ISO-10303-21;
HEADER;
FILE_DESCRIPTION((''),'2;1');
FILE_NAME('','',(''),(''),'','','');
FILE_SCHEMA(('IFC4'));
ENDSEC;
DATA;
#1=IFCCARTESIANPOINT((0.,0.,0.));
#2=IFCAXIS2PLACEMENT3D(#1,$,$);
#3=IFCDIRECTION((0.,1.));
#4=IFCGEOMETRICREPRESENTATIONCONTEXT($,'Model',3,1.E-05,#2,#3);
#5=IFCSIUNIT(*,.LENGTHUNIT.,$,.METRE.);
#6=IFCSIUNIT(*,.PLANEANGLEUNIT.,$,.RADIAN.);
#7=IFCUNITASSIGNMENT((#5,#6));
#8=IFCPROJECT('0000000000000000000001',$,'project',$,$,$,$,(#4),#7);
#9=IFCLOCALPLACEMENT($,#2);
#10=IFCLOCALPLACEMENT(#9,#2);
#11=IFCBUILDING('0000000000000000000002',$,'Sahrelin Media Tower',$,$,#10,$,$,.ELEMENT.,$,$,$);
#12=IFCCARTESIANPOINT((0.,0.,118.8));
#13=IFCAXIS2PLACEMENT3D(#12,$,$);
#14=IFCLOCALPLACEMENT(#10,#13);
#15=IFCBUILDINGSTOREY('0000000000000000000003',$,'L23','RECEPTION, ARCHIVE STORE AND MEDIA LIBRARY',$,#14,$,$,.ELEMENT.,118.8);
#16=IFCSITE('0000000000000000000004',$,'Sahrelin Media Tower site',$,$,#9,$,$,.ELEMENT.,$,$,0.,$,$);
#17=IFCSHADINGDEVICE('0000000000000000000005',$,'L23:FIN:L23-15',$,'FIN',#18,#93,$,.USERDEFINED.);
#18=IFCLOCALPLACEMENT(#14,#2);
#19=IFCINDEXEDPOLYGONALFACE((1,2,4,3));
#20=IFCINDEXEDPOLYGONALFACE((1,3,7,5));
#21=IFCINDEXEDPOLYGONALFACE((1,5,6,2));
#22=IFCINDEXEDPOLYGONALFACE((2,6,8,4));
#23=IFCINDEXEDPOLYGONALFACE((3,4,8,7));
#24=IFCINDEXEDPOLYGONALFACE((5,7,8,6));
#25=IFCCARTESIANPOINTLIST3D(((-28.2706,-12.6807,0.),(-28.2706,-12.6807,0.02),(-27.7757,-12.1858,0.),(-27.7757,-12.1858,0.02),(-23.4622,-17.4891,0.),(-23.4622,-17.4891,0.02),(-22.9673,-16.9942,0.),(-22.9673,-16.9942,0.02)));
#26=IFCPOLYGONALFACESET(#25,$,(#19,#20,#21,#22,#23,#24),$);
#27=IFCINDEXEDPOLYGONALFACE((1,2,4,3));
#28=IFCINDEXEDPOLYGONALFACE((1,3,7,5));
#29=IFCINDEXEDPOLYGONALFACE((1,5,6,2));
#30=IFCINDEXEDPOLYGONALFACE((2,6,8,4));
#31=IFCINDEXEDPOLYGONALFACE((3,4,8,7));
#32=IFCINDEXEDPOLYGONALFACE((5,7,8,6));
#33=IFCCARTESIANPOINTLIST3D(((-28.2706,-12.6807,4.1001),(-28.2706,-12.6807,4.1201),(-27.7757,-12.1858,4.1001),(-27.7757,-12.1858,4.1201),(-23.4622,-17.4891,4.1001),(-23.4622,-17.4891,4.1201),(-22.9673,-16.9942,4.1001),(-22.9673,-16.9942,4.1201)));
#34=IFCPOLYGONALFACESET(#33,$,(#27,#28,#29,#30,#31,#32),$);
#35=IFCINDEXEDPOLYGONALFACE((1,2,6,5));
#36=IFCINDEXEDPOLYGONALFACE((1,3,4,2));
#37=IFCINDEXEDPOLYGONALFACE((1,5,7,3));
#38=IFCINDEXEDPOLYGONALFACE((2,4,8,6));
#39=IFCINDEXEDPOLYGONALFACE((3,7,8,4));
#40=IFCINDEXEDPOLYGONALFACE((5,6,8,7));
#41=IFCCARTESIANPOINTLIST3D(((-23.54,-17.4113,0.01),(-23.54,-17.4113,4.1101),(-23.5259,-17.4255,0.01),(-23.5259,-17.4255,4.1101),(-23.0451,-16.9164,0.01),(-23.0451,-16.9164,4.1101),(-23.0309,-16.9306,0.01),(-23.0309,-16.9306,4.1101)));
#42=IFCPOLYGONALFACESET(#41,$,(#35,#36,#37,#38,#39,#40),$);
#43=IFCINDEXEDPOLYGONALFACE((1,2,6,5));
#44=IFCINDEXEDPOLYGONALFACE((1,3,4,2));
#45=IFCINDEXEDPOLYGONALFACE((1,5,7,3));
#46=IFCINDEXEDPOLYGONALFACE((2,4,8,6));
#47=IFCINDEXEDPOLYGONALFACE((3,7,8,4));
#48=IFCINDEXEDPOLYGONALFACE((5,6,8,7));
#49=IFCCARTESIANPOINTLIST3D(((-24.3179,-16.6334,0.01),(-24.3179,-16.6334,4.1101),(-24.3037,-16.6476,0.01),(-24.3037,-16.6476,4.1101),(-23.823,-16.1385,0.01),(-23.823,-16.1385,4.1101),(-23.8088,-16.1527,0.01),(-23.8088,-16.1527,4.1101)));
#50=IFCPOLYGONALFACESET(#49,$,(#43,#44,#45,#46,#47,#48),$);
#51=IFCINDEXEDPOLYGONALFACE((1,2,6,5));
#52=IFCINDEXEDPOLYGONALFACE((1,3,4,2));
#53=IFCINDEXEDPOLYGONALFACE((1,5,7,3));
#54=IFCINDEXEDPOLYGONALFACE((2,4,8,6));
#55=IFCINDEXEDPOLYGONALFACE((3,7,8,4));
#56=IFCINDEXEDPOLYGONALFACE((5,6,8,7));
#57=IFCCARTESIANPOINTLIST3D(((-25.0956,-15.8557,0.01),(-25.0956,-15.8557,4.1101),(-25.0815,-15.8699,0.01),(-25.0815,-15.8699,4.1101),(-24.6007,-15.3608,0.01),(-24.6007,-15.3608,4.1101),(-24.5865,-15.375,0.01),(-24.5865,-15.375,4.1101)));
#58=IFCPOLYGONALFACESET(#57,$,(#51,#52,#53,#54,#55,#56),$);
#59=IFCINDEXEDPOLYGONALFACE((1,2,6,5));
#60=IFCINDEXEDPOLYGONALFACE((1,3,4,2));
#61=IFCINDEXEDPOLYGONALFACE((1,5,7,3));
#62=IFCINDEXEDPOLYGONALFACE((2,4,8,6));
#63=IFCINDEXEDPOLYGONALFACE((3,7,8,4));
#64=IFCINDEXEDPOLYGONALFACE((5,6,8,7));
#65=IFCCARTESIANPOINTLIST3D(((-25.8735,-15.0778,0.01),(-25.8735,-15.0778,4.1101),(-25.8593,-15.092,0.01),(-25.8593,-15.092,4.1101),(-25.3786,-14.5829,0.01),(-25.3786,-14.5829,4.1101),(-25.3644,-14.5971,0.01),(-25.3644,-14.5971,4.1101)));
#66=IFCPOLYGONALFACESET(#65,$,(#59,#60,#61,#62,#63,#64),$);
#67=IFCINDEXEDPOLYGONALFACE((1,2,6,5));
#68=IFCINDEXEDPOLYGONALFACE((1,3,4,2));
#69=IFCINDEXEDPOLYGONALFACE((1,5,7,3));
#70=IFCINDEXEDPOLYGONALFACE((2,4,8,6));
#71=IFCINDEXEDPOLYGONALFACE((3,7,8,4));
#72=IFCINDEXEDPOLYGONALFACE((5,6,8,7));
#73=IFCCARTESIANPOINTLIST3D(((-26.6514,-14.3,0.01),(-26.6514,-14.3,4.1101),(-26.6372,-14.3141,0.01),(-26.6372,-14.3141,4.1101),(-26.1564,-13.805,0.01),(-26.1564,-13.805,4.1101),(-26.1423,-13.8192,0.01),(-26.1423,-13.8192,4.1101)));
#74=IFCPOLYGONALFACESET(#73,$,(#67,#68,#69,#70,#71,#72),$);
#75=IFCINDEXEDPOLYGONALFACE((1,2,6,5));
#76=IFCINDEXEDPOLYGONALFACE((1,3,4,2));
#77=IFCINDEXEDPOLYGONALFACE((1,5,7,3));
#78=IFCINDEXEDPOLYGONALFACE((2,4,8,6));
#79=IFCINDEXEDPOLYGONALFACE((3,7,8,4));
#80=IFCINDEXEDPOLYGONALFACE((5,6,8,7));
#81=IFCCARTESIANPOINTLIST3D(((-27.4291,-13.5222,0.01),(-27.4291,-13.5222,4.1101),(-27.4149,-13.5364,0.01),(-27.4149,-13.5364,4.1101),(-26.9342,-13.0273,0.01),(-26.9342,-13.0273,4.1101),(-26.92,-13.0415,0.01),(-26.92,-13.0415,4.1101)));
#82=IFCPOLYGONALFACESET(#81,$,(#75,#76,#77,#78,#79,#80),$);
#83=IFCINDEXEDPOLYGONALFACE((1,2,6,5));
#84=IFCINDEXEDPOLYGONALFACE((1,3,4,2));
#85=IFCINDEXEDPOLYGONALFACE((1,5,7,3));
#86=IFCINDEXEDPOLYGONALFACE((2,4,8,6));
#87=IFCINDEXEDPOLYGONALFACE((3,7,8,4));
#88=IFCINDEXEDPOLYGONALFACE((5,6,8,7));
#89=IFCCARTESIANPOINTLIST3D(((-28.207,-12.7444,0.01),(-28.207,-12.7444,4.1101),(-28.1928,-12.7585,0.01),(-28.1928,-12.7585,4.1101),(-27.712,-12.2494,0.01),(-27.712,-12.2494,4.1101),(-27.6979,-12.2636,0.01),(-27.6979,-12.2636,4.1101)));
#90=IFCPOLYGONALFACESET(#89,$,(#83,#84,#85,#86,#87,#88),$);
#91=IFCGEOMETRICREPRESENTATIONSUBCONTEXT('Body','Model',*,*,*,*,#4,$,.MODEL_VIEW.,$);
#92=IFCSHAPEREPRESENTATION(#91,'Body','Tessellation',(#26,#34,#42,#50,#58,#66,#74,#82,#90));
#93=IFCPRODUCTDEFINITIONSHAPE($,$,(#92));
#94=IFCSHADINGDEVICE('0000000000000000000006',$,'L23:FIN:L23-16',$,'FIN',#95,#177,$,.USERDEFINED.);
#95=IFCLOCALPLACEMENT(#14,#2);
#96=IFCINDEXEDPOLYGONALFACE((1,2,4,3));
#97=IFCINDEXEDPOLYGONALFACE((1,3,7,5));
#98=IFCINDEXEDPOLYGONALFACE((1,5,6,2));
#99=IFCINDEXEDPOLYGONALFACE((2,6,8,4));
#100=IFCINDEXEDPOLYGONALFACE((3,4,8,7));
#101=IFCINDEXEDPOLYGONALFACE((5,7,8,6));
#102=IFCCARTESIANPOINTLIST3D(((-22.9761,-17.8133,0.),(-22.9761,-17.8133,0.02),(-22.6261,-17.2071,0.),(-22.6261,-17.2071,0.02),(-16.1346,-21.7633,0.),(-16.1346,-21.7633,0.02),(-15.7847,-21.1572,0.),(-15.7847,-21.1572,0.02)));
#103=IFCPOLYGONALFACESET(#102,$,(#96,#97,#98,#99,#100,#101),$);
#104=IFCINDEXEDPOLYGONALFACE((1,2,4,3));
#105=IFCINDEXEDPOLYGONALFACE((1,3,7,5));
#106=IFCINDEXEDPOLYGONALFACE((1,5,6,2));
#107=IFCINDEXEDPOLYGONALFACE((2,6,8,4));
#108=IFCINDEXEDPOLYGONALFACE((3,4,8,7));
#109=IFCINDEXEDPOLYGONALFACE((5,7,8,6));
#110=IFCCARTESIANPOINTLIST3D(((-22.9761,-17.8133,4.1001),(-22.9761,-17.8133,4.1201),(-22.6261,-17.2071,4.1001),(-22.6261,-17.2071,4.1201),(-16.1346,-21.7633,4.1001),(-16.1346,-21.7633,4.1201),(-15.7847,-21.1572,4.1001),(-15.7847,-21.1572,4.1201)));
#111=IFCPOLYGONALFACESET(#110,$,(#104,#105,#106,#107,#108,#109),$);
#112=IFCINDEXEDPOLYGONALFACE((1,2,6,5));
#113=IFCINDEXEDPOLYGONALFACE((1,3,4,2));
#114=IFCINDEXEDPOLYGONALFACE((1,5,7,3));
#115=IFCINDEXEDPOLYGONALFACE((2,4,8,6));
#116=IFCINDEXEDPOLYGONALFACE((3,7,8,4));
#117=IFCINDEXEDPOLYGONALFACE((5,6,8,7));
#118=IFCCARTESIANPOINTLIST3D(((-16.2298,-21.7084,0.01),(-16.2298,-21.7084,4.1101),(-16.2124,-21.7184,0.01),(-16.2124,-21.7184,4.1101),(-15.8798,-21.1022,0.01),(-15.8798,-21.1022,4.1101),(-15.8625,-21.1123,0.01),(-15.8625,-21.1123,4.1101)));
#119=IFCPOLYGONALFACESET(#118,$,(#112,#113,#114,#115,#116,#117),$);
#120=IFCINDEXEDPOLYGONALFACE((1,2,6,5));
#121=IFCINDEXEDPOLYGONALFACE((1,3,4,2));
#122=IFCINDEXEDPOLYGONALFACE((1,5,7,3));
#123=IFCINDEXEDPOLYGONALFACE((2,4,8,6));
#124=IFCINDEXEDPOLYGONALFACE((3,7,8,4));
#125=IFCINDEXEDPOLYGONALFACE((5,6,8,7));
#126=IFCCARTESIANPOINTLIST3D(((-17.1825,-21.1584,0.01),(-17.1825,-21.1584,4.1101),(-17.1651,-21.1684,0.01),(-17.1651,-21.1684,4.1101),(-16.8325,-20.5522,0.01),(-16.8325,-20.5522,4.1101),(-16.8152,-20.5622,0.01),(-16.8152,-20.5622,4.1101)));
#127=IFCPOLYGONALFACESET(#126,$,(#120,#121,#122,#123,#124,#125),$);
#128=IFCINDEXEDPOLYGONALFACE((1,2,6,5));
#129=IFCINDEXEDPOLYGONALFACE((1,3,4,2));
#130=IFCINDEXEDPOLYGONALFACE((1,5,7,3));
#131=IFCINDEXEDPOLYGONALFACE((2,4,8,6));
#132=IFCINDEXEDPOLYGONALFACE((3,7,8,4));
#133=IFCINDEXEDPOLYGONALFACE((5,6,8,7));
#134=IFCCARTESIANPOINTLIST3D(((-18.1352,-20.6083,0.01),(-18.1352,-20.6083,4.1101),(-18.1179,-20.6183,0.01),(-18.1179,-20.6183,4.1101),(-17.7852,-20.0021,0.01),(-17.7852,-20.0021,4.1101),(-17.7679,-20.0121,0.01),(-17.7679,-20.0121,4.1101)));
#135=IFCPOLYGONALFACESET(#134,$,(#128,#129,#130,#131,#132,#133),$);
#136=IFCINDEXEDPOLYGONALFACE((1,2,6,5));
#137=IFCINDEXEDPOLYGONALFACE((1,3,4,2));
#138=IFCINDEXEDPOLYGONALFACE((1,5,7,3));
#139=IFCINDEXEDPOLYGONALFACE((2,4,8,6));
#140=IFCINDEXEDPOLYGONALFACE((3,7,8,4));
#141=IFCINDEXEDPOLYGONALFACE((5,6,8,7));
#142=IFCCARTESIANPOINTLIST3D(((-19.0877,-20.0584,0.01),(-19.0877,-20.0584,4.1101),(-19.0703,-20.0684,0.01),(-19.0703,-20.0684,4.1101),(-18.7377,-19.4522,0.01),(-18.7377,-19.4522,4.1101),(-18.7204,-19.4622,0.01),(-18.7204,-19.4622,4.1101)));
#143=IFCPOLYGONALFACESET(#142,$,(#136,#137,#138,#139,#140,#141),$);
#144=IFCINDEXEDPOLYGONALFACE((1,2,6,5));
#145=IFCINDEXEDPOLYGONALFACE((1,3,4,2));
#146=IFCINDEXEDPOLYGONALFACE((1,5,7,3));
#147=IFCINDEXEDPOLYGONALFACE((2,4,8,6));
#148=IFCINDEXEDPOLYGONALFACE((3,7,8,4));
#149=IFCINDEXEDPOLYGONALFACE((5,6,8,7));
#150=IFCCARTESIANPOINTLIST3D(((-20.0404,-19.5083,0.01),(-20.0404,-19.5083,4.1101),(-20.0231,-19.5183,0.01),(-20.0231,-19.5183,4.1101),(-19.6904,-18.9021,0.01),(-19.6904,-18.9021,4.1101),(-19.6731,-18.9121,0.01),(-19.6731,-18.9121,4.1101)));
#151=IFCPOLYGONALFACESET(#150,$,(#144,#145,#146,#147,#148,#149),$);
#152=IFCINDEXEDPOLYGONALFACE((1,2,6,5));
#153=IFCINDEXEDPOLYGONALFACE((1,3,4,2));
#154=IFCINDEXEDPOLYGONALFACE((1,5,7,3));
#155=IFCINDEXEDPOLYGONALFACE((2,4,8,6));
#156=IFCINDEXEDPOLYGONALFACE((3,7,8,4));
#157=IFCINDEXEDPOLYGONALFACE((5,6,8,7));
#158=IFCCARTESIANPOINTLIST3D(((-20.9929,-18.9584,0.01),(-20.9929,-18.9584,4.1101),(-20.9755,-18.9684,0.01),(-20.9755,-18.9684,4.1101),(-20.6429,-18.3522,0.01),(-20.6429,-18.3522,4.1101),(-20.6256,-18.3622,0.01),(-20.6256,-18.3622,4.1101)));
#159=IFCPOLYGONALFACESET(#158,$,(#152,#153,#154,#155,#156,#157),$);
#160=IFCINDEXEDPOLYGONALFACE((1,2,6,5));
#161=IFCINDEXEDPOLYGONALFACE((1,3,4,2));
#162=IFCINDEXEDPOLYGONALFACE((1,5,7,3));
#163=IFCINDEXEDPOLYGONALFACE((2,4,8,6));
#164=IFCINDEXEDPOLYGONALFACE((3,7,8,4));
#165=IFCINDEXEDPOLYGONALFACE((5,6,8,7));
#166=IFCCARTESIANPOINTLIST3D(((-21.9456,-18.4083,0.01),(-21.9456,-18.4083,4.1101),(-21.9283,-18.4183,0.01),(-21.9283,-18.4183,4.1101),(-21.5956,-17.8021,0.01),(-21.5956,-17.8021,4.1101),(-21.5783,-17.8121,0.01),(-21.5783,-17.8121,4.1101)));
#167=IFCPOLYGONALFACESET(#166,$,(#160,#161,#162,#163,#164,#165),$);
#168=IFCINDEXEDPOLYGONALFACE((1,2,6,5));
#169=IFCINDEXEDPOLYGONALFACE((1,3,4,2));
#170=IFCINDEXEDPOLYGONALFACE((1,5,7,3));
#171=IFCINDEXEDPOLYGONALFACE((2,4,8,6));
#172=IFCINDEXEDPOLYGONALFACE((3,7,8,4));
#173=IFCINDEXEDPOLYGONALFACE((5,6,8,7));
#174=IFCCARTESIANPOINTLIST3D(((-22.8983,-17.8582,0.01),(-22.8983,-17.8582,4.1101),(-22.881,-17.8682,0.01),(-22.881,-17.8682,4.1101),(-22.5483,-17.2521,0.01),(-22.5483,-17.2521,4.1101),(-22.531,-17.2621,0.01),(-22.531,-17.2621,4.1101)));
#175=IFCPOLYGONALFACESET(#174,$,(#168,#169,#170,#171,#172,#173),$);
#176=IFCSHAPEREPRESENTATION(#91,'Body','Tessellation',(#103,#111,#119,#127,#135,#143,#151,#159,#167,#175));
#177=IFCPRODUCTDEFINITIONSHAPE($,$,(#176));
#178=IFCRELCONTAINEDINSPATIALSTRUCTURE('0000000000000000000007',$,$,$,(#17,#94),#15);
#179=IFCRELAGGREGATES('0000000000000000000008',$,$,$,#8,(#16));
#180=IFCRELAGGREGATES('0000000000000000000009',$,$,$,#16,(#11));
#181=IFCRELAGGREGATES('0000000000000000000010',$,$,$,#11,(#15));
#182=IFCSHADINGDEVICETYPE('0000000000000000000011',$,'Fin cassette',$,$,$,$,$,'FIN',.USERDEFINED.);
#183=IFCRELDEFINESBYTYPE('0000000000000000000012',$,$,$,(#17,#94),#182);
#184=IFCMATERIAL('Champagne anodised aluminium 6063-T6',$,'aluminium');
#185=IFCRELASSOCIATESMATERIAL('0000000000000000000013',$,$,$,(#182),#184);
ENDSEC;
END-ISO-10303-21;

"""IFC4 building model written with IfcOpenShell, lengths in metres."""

from ifc_helpers import new_model, si_unit, direction, frame, origin, origin_2d, place, context, subcontext, project, spatial, rectangle, extrude, material, type_object, element, save


model = new_model("IFC4")

# Units and contexts
model_context = context("Model", 3, precision=1e-05, world=origin(), true_north=direction((0.0, 1.0)))
body_context = subcontext(model_context, "Body", "Model", "MODEL_VIEW")
ifc_project = project(units=[si_unit("LENGTHUNIT", "METRE"), si_unit("PLANEANGLEUNIT", "RADIAN")], contexts=[model_context])

# Site, building, storey
site_placement = place(None, origin())
site = spatial("IfcSite", under=ifc_project, at=site_placement, Name="Sahrelin Media Tower site", CompositionType="ELEMENT", RefElevation=0.0)
building_placement = place(site_placement, origin())
building = spatial("IfcBuilding", under=site, at=building_placement, Name="Sahrelin Media Tower", CompositionType="ELEMENT")
storey_placement = place(building_placement, frame((0.0, 0.0, 118.8)))
storey = spatial("IfcBuildingStorey", under=building, at=storey_placement, Name="L23", Description="RECEPTION, ARCHIVE STORE AND MEDIA LIBRARY", CompositionType="ELEMENT", Elevation=118.8)

# Shared definitions
ifc_material_1 = material(Name="Champagne anodised aluminium 6063-T6", Category="aluminium")

# Shading devices
shading_device_type_1 = type_object("IfcShadingDeviceType", Name="Fin cassette", ElementType="FIN", PredefinedType="USERDEFINED", material=ifc_material_1)
placement_1 = place(storey_placement, frame((-25.322, -14.5405, 0.0), z_axis=(0.0, 0.0, 1.0), x_axis=(-0.707107, 0.707107, 0.0)))
element("IfcShadingDevice", 1, at=placement_1, inside=storey, type_object=shading_device_type_1, Name="L23:FIN:L23-15", ObjectType="FIN", PredefinedType="USERDEFINED", context=body_context, shape_type="SweptSolid", body=[
    extrude(rectangle(XDim=6.8, YDim=0.7, at=origin_2d()), frame((0.0, 0.4199, 0.0)), (0.0, 0.0, 1.0), 0.02),
    extrude(rectangle(XDim=6.8, YDim=0.7, at=origin_2d()), frame((0.0, 0.4199, 4.1001)), (0.0, 0.0, 1.0), 0.02),
    extrude(rectangle(XDim=0.02, YDim=0.7, at=origin_2d()), frame((-3.3, 0.4199, 0.01), z_axis=(0.0, 0.0, 1.0), x_axis=(1.0, 0.0, 0.0)), (0.0, 0.0, 1.0), 4.1001),
    extrude(rectangle(XDim=0.02, YDim=0.7, at=origin_2d()), frame((-2.2, 0.4199, 0.01), z_axis=(0.0, 0.0, 1.0), x_axis=(1.0, 0.0, 0.0)), (0.0, 0.0, 1.0), 4.1001),
    extrude(rectangle(XDim=0.02, YDim=0.7, at=origin_2d()), frame((-1.1001, 0.4199, 0.01), z_axis=(0.0, 0.0, 1.0), x_axis=(1.0, 0.0, 0.0)), (0.0, 0.0, 1.0), 4.1001),
    extrude(rectangle(XDim=0.02, YDim=0.7, at=origin_2d()), frame((0.0, 0.4199, 0.01), z_axis=(0.0, 0.0, 1.0), x_axis=(1.0, 0.0, 0.0)), (0.0, 0.0, 1.0), 4.1001),
    extrude(rectangle(XDim=0.02, YDim=0.7, at=origin_2d()), frame((1.1001, 0.4199, 0.01), z_axis=(0.0, 0.0, 1.0), x_axis=(1.0, 0.0, 0.0)), (0.0, 0.0, 1.0), 4.1001),
    extrude(rectangle(XDim=0.02, YDim=0.7, at=origin_2d()), frame((2.2, 0.4199, 0.01), z_axis=(0.0, 0.0, 1.0), x_axis=(1.0, 0.0, 0.0)), (0.0, 0.0, 1.0), 4.1001),
    extrude(rectangle(XDim=0.02, YDim=0.7, at=origin_2d()), frame((3.3, 0.4199, 0.01), z_axis=(0.0, 0.0, 1.0), x_axis=(1.0, 0.0, 0.0)), (0.0, 0.0, 1.0), 4.1001),
])
placement_2 = place(storey_placement, frame((-19.1704, -19.1216, 0.0), z_axis=(0.0, 0.0, 1.0), x_axis=(-0.866019, 0.500011, 0.0)))
element("IfcShadingDevice", 2, at=placement_2, inside=storey, type_object=shading_device_type_1, Name="L23:FIN:L23-16", ObjectType="FIN", PredefinedType="USERDEFINED", context=body_context, shape_type="SweptSolid", body=[
    extrude(rectangle(XDim=7.8999, YDim=0.7, at=origin_2d()), frame((0.0, 0.4199, 0.0)), (0.0, 0.0, 1.0), 0.02),
    extrude(rectangle(XDim=7.8999, YDim=0.7, at=origin_2d()), frame((0.0, 0.4199, 4.1001)), (0.0, 0.0, 1.0), 0.02),
    extrude(rectangle(XDim=0.02, YDim=0.7, at=origin_2d()), frame((-3.8501, 0.4199, 0.01), z_axis=(0.0, 0.0, 1.0), x_axis=(1.0, 0.0, 0.0)), (0.0, 0.0, 1.0), 4.1001),
    extrude(rectangle(XDim=0.02, YDim=0.7, at=origin_2d()), frame((-2.75, 0.4199, 0.01), z_axis=(0.0, 0.0, 1.0), x_axis=(1.0, 0.0, 0.0)), (0.0, 0.0, 1.0), 4.1001),
    extrude(rectangle(XDim=0.02, YDim=0.7, at=origin_2d()), frame((-1.6499, 0.4199, 0.01), z_axis=(0.0, 0.0, 1.0), x_axis=(1.0, 0.0, 0.0)), (0.0, 0.0, 1.0), 4.1001),
    extrude(rectangle(XDim=0.02, YDim=0.7, at=origin_2d()), frame((-0.55, 0.4199, 0.01), z_axis=(0.0, 0.0, 1.0), x_axis=(1.0, 0.0, 0.0)), (0.0, 0.0, 1.0), 4.1001),
    extrude(rectangle(XDim=0.02, YDim=0.7, at=origin_2d()), frame((0.55, 0.4199, 0.01), z_axis=(0.0, 0.0, 1.0), x_axis=(1.0, 0.0, 0.0)), (0.0, 0.0, 1.0), 4.1001),
    extrude(rectangle(XDim=0.02, YDim=0.7, at=origin_2d()), frame((1.6499, 0.4199, 0.01), z_axis=(0.0, 0.0, 1.0), x_axis=(1.0, 0.0, 0.0)), (0.0, 0.0, 1.0), 4.1001),
    extrude(rectangle(XDim=0.02, YDim=0.7, at=origin_2d()), frame((2.75, 0.4199, 0.01), z_axis=(0.0, 0.0, 1.0), x_axis=(1.0, 0.0, 0.0)), (0.0, 0.0, 1.0), 4.1001),
    extrude(rectangle(XDim=0.02, YDim=0.7, at=origin_2d()), frame((3.8501, 0.4199, 0.01), z_axis=(0.0, 0.0, 1.0), x_axis=(1.0, 0.0, 0.0)), (0.0, 0.0, 1.0), 4.1001),
])

save(model, "model.ifc")
